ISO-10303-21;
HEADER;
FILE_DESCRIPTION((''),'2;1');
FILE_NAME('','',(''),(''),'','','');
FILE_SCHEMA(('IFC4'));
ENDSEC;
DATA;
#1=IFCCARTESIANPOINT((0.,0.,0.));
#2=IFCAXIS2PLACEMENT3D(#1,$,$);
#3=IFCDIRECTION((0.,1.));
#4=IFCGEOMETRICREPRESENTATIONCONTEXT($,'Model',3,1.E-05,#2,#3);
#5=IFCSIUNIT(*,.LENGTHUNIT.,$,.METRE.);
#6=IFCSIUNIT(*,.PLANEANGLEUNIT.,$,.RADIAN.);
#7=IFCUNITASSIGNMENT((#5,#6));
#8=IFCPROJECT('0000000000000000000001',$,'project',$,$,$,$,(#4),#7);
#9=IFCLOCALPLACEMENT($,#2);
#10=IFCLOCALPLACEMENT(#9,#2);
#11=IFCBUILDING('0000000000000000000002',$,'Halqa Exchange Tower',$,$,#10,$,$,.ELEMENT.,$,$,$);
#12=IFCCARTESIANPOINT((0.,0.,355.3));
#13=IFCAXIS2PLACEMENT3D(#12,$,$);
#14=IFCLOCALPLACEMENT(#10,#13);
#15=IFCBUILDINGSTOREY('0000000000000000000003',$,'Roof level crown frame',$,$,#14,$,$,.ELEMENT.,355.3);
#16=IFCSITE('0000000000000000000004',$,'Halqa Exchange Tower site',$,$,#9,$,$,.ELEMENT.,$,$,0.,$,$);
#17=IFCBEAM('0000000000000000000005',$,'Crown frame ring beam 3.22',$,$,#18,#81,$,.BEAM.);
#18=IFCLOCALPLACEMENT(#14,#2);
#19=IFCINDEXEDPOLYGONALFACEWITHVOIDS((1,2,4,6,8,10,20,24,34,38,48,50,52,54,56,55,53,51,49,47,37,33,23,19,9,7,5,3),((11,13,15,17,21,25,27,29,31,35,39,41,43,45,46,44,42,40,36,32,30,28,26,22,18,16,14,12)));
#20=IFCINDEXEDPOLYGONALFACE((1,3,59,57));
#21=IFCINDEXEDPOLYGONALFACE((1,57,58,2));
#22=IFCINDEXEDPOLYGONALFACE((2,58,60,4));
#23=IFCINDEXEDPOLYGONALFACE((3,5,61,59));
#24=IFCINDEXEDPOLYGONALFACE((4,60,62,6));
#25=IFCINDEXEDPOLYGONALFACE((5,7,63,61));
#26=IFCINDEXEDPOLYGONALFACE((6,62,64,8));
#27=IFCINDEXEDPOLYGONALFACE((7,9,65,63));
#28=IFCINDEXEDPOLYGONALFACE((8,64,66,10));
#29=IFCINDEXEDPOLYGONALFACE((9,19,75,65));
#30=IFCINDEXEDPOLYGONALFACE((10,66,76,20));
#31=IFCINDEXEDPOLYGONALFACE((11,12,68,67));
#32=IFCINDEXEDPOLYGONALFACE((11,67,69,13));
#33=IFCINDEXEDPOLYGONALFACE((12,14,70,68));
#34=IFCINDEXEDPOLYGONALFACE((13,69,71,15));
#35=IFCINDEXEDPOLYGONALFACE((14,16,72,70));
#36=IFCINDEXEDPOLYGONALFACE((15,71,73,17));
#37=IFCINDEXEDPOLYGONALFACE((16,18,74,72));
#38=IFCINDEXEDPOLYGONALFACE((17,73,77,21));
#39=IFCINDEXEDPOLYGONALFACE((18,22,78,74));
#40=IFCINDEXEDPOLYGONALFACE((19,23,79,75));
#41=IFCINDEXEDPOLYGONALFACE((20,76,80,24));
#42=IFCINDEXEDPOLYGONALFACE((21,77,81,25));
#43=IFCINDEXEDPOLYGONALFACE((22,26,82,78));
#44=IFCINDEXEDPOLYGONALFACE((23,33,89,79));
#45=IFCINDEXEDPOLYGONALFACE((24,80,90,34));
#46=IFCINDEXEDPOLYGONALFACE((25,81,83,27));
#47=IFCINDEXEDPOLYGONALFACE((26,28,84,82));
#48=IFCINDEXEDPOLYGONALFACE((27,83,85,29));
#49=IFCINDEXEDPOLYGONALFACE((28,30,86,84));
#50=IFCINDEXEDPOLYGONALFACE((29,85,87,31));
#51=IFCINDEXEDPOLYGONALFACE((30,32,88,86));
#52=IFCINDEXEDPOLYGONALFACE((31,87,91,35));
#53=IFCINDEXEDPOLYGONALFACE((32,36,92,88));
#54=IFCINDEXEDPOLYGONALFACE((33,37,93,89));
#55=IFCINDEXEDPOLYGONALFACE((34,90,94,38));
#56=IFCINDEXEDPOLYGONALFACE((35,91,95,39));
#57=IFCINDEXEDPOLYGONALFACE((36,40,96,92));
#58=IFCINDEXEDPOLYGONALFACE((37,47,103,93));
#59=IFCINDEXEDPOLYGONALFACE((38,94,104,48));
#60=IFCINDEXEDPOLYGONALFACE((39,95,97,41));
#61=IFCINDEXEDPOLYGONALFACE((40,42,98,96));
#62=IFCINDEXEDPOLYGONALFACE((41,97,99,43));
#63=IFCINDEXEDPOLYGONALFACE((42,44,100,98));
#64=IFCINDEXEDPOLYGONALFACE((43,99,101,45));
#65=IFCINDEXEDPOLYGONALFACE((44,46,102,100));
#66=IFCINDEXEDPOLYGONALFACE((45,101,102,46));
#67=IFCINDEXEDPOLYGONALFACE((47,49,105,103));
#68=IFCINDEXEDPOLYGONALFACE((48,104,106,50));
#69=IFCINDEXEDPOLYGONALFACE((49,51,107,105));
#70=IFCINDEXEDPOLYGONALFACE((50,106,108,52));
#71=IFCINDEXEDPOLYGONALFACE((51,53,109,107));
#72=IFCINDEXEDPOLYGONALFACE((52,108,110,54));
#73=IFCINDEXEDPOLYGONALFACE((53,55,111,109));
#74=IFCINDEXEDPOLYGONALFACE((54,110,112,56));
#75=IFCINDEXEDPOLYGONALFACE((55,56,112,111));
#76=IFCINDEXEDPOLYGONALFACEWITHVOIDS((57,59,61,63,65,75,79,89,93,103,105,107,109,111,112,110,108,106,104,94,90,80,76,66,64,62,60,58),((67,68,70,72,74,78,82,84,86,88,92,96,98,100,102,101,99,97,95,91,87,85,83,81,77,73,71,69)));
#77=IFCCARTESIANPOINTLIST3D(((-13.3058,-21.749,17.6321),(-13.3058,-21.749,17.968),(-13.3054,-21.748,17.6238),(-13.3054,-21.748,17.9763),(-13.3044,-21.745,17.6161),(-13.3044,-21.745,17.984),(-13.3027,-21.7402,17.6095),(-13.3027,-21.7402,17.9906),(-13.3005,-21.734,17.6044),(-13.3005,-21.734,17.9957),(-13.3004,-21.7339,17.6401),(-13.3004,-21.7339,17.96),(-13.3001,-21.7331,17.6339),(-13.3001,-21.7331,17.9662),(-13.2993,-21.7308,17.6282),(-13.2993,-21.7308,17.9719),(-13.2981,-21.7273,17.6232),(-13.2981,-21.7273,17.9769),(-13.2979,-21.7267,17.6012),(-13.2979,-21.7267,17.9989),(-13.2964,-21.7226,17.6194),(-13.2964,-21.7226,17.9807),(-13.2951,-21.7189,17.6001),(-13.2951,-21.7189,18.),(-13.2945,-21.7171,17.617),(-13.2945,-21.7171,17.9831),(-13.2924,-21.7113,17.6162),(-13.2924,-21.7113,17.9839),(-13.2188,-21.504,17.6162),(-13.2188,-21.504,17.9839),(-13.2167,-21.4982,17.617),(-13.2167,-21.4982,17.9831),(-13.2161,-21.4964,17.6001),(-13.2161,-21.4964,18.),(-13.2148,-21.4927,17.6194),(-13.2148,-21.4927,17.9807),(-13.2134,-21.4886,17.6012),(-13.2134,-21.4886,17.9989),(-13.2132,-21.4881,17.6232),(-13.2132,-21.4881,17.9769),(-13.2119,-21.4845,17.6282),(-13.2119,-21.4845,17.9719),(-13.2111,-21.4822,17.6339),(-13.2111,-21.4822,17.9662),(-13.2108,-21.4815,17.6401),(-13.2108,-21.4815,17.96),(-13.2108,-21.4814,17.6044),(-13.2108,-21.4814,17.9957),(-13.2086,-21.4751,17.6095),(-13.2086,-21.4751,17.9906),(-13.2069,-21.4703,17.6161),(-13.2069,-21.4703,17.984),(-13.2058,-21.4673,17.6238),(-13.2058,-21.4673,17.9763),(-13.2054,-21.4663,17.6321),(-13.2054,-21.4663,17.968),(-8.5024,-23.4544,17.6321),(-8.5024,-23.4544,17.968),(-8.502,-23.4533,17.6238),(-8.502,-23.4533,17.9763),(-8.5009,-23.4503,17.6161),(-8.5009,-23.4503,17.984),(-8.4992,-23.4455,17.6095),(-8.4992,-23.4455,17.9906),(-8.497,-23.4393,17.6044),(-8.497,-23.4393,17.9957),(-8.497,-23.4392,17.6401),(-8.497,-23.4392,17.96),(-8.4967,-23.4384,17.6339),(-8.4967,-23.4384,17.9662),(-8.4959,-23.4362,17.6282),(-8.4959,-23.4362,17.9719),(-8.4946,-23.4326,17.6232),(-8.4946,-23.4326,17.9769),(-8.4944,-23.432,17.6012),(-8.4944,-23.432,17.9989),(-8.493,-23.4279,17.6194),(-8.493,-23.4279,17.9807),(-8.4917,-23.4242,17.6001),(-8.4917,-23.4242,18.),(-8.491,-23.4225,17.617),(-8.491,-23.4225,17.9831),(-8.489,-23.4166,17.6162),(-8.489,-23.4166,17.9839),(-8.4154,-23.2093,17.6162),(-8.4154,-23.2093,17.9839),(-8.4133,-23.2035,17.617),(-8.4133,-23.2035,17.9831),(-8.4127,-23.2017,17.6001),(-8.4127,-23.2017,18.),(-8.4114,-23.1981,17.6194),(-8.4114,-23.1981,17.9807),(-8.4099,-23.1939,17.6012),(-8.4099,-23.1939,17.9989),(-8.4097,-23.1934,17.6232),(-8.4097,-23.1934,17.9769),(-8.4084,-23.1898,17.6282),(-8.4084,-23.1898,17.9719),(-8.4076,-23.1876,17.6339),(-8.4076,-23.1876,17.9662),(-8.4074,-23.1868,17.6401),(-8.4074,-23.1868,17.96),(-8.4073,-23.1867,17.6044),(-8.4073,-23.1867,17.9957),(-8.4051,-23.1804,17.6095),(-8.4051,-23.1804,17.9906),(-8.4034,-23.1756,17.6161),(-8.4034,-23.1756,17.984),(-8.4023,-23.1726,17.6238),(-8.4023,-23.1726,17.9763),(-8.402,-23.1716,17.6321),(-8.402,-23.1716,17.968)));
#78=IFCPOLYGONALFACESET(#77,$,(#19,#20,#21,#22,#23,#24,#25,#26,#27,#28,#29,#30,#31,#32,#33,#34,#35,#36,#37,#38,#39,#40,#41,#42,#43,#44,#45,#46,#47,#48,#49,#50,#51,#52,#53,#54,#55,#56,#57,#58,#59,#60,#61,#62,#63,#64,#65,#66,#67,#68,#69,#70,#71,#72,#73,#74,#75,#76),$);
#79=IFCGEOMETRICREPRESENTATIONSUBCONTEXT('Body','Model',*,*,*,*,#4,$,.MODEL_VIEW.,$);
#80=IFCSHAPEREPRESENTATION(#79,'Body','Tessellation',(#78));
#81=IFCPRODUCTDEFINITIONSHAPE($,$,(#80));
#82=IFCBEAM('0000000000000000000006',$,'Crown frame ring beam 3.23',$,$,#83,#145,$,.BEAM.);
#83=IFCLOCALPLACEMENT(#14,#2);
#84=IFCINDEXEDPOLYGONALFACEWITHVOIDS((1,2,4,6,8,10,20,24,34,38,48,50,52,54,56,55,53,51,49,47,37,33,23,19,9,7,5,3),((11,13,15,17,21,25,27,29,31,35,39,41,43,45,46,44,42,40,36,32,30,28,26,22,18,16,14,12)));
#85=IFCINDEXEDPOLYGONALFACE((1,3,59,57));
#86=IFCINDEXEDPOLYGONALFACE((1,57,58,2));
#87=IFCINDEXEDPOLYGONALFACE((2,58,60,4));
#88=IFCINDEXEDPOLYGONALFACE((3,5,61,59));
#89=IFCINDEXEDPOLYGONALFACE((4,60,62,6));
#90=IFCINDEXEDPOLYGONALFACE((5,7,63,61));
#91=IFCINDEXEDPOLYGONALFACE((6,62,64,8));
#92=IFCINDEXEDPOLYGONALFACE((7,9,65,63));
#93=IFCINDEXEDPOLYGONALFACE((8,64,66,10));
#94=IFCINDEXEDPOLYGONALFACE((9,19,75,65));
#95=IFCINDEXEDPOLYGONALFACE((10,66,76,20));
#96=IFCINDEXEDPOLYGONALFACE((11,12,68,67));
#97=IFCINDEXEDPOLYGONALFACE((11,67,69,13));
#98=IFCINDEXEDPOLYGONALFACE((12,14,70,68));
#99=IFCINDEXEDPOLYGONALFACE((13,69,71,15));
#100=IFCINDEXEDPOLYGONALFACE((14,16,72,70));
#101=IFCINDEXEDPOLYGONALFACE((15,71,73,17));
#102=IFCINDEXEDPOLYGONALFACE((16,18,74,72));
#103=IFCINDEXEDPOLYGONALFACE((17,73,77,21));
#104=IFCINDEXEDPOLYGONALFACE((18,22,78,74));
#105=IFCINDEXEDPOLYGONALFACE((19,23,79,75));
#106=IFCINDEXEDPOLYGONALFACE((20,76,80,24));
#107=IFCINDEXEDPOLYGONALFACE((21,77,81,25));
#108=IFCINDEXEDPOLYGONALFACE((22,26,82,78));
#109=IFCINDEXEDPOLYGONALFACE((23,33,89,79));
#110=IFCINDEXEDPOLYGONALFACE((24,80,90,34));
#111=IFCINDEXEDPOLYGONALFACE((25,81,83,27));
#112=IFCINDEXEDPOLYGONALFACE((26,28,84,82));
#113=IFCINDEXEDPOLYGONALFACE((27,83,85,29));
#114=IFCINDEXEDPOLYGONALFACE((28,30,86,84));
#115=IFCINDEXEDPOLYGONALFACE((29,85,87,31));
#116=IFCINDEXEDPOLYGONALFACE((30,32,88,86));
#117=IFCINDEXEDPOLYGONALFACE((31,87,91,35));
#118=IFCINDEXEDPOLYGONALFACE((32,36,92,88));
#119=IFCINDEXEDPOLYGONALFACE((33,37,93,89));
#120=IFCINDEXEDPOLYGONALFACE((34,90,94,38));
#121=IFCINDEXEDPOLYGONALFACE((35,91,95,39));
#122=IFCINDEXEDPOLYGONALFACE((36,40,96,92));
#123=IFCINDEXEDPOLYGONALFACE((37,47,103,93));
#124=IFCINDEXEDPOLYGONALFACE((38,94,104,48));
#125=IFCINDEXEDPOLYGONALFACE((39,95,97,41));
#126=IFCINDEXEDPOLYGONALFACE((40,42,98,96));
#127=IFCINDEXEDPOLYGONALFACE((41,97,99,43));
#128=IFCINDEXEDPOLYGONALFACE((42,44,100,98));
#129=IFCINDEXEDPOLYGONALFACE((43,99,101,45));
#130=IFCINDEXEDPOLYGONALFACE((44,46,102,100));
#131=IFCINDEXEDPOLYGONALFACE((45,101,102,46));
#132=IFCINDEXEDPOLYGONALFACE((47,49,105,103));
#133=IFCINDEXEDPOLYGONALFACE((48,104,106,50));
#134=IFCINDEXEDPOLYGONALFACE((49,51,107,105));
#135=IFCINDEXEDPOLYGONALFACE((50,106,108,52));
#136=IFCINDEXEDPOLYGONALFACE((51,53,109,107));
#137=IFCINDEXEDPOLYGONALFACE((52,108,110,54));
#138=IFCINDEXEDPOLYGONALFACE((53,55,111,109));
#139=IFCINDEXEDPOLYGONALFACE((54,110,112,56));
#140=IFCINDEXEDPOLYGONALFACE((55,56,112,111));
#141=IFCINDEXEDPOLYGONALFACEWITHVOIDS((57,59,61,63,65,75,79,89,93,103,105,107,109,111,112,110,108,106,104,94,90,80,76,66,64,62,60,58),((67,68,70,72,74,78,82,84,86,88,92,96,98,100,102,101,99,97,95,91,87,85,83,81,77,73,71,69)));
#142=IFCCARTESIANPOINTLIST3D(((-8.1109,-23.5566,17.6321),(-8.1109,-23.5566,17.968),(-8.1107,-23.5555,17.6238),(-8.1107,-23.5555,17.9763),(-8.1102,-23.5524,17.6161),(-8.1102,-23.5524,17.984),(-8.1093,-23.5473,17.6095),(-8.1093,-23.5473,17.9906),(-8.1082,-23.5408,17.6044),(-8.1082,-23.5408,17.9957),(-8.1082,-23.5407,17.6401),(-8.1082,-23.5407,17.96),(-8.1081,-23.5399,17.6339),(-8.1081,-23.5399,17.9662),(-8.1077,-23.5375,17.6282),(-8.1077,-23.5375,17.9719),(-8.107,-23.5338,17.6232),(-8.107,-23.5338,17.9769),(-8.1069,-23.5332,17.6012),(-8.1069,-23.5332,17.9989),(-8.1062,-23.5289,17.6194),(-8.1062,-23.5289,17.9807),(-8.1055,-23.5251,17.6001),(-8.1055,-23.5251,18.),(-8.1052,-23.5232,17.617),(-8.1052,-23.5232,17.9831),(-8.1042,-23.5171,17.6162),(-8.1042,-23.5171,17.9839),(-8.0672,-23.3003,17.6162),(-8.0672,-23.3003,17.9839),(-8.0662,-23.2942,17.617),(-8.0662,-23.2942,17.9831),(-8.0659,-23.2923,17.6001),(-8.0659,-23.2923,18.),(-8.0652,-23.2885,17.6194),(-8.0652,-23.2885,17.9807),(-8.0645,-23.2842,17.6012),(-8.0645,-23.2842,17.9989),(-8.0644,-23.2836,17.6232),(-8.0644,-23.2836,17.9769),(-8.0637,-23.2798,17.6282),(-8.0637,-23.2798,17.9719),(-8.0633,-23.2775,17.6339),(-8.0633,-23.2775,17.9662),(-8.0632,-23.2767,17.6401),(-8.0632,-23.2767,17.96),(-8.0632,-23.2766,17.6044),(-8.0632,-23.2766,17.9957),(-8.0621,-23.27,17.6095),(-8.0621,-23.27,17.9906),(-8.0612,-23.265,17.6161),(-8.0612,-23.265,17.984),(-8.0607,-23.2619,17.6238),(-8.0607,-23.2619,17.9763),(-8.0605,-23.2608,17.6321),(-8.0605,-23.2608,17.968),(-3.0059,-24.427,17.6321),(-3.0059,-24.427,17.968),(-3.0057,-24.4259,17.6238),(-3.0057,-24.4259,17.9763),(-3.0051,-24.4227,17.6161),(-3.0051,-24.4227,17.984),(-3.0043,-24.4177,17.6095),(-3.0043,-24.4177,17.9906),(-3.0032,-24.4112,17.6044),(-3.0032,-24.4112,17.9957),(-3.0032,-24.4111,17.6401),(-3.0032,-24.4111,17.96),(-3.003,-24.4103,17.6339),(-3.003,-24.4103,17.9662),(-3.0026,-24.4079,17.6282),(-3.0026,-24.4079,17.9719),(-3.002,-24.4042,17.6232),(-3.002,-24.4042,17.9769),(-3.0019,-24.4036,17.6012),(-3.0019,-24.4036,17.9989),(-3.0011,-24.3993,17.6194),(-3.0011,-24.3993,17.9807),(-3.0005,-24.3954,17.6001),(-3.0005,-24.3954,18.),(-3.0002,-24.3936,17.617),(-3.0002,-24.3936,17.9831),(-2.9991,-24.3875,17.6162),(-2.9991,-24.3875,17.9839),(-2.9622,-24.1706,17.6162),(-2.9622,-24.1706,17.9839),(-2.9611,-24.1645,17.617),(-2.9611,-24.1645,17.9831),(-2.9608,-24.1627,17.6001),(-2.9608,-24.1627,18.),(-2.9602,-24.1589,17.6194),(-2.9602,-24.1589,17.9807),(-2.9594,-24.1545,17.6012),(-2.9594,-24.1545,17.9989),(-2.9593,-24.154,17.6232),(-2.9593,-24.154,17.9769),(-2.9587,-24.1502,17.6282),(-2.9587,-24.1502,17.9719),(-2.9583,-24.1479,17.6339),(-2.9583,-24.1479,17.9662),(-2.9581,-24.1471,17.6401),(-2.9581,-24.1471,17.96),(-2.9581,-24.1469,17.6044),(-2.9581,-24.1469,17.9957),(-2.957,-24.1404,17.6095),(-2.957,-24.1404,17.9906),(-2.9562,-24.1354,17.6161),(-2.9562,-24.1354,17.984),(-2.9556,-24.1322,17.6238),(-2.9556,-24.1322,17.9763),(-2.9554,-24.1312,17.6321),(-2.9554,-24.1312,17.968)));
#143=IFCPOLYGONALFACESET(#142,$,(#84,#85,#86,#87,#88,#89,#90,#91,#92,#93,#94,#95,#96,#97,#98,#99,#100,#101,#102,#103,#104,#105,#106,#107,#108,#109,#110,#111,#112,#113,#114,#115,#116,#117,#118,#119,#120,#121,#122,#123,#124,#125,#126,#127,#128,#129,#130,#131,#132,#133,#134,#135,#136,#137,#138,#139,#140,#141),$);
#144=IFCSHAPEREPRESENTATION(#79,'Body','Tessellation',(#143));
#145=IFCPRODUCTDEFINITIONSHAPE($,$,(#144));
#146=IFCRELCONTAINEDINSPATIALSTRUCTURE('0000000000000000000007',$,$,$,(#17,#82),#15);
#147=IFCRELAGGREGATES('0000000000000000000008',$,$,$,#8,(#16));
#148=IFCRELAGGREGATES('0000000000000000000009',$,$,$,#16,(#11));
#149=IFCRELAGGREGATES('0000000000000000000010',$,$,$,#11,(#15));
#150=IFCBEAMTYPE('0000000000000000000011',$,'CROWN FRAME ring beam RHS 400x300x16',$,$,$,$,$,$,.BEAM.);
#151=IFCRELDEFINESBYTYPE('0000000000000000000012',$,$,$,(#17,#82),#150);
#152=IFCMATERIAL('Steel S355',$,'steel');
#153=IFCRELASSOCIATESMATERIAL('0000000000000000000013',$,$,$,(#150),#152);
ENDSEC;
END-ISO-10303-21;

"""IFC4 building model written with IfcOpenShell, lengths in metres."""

from ifc_helpers import new_model, si_unit, direction, frame, origin, origin_2d, place, context, subcontext, project, spatial, hollow_rectangle, extrude, material, material_profile, profile_set, type_object, element, save


model = new_model("IFC4")

# Units and contexts
model_context = context("Model", 3, precision=1e-05, world=origin(), true_north=direction((0.0, 1.0)))
body_context = subcontext(model_context, "Body", "Model", "MODEL_VIEW")
ifc_project = project(units=[si_unit("LENGTHUNIT", "METRE"), si_unit("PLANEANGLEUNIT", "RADIAN")], contexts=[model_context])

# Site, building, storey
site_placement = place(None, origin())
site = spatial("IfcSite", under=ifc_project, at=site_placement, Name="Halqa Exchange Tower site", CompositionType="ELEMENT", RefElevation=0.0)
building_placement = place(site_placement, origin())
building = spatial("IfcBuilding", under=site, at=building_placement, Name="Halqa Exchange Tower", CompositionType="ELEMENT")
storey_placement = place(building_placement, frame((0.0, 0.0, 355.3)))
storey = spatial("IfcBuildingStorey", under=building, at=storey_placement, Name="Roof level crown frame", CompositionType="ELEMENT", Elevation=355.3)

# Shared definitions
ifc_material_1 = material(Name="Steel S355", Category="steel")

# Beams
ifc_material_profile_1 = material_profile(ifc_material_1, hollow_rectangle(XDim=0.3, YDim=0.3999, WallThickness=0.0161, InnerFilletRadius=0.0239, OuterFilletRadius=0.032, at=origin_2d()), Name="RHS 400x300x16")
ifc_profile_set_1 = profile_set([ifc_material_profile_1], Name="Steel S355")
beam_type_1 = type_object("IfcBeamType", Name="CROWN FRAME ring beam RHS 400x300x16", PredefinedType="BEAM", material=ifc_profile_set_1)
beam_1_placement = place(storey_placement, frame((-13.2556, -21.6077, 17.8), z_axis=(0.942374, -0.334561, 0.0), x_axis=(0.334561, 0.942374, 0.0)))
element("IfcBeam", 1, at=beam_1_placement, inside=storey, type_object=beam_type_1, Name="Crown frame ring beam 3.22", PredefinedType="BEAM", context=body_context, shape_type="SweptSolid", body=[
    extrude(hollow_rectangle(XDim=0.3, YDim=0.3999, WallThickness=0.0161, InnerFilletRadius=0.0239, OuterFilletRadius=0.032, at=origin_2d()), origin(), (0.0, 0.0, 1.0), 5.0972),
])
beam_2_placement = place(storey_placement, frame((-8.0857, -23.4087, 17.8), z_axis=(0.985776, -0.168067, 0.0), x_axis=(0.168067, 0.985776, 0.0)))
element("IfcBeam", 2, at=beam_2_placement, inside=storey, type_object=beam_type_1, Name="Crown frame ring beam 3.23", PredefinedType="BEAM", context=body_context, shape_type="SweptSolid", body=[
    extrude(hollow_rectangle(XDim=0.3, YDim=0.3999, WallThickness=0.0161, InnerFilletRadius=0.0239, OuterFilletRadius=0.032, at=origin_2d()), origin(), (0.0, 0.0, 1.0), 5.1787),
])

save(model, "model.ifc")
